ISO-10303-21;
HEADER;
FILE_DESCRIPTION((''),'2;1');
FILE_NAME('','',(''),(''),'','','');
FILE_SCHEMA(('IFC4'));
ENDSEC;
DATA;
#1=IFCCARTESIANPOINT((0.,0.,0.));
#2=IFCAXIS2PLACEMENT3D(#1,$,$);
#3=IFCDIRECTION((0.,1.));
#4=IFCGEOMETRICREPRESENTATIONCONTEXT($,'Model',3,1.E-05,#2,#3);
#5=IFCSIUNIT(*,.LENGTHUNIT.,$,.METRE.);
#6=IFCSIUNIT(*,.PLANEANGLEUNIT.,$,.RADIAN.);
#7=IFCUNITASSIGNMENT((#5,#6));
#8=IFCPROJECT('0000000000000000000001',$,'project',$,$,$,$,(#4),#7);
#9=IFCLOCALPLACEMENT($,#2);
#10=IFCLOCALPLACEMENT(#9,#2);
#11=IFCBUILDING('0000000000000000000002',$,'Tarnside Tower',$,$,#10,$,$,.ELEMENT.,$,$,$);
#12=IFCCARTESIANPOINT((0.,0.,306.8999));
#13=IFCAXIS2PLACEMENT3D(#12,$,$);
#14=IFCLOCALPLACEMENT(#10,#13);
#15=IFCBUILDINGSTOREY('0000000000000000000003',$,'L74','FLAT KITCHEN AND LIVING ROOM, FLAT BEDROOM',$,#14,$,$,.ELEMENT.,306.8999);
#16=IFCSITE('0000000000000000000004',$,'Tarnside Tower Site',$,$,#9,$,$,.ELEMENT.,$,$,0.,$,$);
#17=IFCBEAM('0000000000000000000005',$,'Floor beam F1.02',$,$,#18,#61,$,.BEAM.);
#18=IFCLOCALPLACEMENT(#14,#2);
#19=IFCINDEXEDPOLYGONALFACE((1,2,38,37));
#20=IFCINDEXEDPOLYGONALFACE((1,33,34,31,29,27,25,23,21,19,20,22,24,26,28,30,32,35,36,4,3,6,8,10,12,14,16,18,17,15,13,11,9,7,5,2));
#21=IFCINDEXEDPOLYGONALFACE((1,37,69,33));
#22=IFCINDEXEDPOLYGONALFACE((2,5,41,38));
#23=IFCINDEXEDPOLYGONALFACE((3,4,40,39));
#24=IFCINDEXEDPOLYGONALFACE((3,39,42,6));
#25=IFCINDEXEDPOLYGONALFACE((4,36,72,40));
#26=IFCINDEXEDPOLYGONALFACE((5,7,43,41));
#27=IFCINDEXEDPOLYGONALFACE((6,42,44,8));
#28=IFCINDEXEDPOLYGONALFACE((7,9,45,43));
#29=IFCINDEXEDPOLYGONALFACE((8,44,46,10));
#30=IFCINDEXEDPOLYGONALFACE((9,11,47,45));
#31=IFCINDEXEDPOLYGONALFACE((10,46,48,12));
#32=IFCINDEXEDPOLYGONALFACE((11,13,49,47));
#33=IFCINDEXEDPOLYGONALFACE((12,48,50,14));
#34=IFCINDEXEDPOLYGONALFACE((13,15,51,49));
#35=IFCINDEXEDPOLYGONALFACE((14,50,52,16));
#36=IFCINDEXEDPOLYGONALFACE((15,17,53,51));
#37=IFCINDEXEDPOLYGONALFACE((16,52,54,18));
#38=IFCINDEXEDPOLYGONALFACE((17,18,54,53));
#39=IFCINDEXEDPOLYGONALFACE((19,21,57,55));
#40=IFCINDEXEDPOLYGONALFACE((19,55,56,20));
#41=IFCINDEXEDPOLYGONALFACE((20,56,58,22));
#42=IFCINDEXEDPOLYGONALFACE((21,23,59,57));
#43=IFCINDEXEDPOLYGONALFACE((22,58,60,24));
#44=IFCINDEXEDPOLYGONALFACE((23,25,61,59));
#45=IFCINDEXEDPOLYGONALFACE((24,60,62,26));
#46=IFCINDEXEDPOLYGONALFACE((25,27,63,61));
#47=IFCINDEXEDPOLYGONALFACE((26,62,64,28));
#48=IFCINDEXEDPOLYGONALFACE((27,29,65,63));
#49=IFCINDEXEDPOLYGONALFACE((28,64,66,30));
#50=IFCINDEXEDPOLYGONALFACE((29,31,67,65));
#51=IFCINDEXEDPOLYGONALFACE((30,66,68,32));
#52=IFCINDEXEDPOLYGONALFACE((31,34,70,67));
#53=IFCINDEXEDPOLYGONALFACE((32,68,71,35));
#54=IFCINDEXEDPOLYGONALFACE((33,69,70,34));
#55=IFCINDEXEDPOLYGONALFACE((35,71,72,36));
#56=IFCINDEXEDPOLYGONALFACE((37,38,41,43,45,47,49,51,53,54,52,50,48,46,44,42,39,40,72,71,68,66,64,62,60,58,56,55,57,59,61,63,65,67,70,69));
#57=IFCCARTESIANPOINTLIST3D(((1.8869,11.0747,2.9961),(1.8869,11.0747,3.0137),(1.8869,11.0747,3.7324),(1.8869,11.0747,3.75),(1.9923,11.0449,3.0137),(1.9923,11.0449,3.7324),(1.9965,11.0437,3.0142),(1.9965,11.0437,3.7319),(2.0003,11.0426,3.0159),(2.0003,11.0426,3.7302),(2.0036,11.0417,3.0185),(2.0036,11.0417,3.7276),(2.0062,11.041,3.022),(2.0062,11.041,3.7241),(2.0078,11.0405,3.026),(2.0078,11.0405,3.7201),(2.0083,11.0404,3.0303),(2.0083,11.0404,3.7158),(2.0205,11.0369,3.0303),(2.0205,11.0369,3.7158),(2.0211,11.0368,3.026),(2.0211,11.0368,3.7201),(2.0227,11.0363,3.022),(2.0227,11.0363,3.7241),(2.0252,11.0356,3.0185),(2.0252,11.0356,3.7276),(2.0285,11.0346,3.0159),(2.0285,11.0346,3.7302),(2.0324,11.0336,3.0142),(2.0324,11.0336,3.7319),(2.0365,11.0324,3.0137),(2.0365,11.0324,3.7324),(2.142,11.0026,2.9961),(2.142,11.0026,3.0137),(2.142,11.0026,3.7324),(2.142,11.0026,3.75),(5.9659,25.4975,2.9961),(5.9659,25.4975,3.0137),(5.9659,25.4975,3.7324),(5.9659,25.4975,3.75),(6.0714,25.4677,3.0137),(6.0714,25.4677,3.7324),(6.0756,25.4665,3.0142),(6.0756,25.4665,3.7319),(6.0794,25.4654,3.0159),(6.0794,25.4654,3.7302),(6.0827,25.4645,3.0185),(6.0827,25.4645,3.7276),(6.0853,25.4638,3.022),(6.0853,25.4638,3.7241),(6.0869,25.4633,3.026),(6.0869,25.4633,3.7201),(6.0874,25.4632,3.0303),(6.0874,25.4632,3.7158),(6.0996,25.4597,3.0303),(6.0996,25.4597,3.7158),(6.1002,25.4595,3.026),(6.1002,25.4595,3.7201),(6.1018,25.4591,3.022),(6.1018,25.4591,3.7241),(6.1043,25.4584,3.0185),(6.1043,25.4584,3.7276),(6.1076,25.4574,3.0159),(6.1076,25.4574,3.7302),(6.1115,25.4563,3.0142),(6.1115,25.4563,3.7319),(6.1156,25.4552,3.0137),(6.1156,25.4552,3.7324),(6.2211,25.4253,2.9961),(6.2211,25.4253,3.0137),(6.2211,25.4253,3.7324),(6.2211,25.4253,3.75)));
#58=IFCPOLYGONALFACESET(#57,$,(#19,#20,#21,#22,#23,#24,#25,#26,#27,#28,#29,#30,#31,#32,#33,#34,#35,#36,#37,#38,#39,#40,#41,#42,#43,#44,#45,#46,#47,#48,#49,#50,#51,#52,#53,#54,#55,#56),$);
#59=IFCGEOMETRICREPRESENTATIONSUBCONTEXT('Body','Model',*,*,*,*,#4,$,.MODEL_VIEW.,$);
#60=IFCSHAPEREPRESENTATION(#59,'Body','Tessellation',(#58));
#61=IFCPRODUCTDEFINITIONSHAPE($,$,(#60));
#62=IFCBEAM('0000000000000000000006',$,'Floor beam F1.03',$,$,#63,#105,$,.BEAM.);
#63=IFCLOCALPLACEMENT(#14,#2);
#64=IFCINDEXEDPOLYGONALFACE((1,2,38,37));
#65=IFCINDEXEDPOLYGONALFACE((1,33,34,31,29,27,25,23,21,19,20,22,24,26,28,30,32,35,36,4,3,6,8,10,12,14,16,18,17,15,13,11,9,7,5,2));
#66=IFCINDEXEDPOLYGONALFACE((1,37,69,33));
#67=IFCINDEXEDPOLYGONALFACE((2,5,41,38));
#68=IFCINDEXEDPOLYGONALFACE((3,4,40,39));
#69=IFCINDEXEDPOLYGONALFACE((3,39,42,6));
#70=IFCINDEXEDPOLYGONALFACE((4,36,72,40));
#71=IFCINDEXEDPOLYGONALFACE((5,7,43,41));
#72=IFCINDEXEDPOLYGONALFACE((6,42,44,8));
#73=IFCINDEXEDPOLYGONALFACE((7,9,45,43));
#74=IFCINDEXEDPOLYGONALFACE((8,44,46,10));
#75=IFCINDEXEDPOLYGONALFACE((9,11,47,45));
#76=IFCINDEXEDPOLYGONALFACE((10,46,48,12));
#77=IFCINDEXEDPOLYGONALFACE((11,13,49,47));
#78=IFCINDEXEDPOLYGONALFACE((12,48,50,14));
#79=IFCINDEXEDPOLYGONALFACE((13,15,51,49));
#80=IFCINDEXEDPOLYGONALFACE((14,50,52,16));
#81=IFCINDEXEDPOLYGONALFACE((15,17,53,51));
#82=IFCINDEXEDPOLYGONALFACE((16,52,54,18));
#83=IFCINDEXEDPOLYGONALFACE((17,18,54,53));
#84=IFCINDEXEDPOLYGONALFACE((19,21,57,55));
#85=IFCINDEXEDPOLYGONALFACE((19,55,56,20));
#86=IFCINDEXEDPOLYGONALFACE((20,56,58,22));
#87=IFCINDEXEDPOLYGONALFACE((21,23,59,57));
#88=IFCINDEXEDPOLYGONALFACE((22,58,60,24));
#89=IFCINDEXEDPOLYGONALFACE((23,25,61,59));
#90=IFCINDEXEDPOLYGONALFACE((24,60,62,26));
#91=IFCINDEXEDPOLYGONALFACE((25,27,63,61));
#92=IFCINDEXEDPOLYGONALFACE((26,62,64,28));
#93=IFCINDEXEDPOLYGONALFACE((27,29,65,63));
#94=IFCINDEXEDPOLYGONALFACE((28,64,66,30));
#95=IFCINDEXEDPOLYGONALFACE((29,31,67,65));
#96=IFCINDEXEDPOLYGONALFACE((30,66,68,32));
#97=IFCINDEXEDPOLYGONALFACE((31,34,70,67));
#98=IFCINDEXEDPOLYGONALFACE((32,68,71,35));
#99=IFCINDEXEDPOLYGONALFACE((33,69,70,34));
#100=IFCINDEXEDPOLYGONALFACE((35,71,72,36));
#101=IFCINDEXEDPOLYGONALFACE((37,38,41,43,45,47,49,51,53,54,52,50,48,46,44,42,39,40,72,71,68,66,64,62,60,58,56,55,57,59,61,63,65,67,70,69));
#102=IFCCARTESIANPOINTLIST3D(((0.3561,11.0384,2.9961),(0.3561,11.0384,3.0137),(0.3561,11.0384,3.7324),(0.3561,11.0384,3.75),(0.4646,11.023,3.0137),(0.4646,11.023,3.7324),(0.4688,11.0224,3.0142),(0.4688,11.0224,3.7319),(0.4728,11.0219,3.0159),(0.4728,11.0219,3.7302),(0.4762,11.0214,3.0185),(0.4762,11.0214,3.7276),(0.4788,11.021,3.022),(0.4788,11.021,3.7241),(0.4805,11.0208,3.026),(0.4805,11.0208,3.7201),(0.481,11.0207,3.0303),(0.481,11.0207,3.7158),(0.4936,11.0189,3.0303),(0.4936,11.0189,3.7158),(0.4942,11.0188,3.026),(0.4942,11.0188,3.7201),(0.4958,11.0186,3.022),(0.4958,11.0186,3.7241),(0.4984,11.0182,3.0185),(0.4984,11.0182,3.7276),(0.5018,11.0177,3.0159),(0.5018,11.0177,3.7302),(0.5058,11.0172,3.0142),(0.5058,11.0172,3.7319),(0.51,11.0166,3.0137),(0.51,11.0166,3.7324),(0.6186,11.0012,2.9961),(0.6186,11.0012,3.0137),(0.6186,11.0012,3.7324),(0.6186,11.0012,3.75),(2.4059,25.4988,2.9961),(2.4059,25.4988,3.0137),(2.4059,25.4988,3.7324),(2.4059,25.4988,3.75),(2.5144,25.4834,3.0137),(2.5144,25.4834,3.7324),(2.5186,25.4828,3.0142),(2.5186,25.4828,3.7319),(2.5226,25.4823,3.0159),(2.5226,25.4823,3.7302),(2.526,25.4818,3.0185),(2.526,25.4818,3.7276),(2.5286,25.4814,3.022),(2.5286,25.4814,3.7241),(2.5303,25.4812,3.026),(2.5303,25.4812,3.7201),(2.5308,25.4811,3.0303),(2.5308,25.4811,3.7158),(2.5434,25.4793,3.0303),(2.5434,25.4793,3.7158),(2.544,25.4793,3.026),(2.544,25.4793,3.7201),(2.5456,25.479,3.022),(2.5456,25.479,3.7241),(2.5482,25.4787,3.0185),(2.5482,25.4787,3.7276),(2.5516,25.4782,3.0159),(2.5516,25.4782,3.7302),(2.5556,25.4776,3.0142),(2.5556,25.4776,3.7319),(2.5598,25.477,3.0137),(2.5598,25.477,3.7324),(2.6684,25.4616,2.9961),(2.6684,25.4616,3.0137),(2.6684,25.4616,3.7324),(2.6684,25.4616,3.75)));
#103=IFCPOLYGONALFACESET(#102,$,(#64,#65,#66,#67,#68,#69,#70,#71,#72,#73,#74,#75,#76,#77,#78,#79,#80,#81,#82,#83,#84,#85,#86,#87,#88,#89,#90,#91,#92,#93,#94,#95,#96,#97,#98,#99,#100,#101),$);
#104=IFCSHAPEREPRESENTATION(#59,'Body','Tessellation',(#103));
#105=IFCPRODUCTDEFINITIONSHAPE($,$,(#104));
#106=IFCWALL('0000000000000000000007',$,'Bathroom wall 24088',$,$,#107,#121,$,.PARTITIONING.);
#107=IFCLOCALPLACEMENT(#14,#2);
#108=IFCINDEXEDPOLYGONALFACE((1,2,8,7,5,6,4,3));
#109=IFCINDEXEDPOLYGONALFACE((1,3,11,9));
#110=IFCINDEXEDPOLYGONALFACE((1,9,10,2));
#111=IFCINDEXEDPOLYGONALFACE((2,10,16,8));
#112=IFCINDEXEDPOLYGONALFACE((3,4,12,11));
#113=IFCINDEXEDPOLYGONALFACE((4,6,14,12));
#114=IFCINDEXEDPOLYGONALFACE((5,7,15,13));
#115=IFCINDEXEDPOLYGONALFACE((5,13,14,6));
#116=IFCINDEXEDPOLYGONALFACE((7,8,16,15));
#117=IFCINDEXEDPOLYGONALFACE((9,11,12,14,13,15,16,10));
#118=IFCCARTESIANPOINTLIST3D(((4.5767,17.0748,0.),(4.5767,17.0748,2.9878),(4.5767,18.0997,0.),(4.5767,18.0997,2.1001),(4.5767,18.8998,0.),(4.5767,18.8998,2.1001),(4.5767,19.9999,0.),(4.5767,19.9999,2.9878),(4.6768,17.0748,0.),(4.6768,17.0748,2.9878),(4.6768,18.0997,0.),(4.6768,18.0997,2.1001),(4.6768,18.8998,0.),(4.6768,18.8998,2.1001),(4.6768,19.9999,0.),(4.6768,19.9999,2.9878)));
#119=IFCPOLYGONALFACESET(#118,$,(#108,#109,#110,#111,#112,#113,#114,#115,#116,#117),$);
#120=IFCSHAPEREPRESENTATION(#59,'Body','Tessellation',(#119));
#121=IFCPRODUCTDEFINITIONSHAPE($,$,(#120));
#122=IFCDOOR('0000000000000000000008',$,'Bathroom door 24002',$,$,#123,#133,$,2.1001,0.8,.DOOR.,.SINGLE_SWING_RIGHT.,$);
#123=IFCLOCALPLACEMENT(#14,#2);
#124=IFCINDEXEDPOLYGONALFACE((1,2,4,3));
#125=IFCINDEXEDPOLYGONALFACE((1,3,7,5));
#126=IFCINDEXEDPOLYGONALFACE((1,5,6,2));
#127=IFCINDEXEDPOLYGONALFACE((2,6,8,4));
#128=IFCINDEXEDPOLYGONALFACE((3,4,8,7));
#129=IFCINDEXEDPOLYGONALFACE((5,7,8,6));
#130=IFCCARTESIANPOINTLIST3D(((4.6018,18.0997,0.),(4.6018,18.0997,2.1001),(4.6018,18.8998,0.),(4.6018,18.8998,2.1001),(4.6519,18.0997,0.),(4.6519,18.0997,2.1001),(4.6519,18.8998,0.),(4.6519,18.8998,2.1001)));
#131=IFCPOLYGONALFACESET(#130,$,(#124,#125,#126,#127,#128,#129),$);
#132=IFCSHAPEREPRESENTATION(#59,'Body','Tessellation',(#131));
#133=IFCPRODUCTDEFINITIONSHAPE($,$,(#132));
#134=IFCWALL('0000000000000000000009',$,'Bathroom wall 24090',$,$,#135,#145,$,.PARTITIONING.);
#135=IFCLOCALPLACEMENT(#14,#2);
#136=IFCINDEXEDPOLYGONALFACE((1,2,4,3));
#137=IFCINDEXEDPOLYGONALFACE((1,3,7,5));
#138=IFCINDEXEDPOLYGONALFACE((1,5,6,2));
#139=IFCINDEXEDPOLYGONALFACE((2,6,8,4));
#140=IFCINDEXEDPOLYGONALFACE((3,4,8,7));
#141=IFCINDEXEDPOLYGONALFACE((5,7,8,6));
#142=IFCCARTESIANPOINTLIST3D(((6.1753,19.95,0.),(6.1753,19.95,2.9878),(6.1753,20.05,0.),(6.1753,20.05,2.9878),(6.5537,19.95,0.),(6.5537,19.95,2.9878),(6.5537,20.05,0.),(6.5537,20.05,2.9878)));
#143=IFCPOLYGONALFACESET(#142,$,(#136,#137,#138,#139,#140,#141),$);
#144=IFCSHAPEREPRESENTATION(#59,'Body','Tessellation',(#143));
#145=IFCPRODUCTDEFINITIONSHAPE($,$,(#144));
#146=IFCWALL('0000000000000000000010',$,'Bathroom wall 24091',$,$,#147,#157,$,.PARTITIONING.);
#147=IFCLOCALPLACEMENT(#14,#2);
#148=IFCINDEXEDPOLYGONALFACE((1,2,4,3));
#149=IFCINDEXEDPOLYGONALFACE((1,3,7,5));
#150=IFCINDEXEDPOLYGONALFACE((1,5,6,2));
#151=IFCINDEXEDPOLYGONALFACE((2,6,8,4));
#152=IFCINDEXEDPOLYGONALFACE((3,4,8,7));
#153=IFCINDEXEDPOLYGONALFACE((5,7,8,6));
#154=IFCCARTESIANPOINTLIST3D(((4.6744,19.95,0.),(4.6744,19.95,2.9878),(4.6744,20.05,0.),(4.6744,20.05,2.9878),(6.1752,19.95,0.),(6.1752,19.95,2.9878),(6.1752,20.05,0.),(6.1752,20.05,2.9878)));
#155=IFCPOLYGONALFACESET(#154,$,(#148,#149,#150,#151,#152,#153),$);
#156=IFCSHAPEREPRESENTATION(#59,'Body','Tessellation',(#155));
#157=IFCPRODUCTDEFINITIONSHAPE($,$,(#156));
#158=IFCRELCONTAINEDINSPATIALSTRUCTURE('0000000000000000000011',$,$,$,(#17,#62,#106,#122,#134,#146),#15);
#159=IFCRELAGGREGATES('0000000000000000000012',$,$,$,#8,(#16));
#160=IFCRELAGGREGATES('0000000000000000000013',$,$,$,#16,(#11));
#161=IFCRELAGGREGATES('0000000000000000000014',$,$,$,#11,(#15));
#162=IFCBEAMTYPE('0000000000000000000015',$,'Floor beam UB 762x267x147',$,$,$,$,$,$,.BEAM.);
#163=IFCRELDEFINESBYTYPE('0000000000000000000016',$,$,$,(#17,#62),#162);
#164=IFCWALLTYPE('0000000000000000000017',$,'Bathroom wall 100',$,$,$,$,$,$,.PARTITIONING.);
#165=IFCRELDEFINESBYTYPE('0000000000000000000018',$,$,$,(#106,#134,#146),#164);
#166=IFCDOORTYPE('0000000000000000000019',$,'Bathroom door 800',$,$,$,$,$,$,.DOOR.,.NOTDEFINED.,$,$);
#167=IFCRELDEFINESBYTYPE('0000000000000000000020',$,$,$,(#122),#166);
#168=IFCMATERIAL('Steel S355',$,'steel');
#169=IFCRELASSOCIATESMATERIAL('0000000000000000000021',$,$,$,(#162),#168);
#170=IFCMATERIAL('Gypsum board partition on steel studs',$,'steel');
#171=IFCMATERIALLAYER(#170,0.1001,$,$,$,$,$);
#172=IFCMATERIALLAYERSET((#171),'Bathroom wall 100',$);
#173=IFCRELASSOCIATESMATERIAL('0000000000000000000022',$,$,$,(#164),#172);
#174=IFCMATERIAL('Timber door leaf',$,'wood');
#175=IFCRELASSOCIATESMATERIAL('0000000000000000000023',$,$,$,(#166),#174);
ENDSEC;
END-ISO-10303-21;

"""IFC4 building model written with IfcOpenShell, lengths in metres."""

from ifc_helpers import new_model, si_unit, direction, frame, frame_2d, origin, origin_2d, place, context, subcontext, project, spatial, rectangle, i_section, extrude, material, layer, layer_set, material_profile, profile_set, type_object, element, fill, save


model = new_model("IFC4")

# Units and contexts
model_context = context("Model", 3, precision=1e-05, world=origin(), true_north=direction((0.0, 1.0)))
body_context = subcontext(model_context, "Body", "Model", "MODEL_VIEW")
ifc_project = project(units=[si_unit("LENGTHUNIT", "METRE"), si_unit("PLANEANGLEUNIT", "RADIAN")], contexts=[model_context])

# Site, building, storey
site_placement = place(None, origin())
site = spatial("IfcSite", under=ifc_project, at=site_placement, Name="Tarnside Tower Site", CompositionType="ELEMENT", RefElevation=0.0)
building_placement = place(site_placement, origin())
building = spatial("IfcBuilding", under=site, at=building_placement, Name="Tarnside Tower", CompositionType="ELEMENT")
storey_placement = place(building_placement, frame((0.0, 0.0, 306.8999)))
storey = spatial("IfcBuildingStorey", under=building, at=storey_placement, Name="L74", Description="FLAT KITCHEN AND LIVING ROOM, FLAT BEDROOM", CompositionType="ELEMENT", Elevation=306.8999)

# Beams
ifc_material_1 = material(Name="Steel S355", Category="steel")
ifc_material_profile = material_profile(ifc_material_1, i_section(OverallWidth=0.2651, OverallDepth=0.7539, WebThickness=0.0127, FlangeThickness=0.0176, FilletRadius=0.0166, at=origin_2d()), Name="UB 762x267x147")
ifc_profile_set = profile_set([ifc_material_profile], Name="Steel S355")
beam_type = type_object("IfcBeamType", Name="Floor beam UB 762x267x147", PredefinedType="BEAM", material=ifc_profile_set)
beam_1_placement = place(storey_placement, frame((6.0935, 25.4614, 3.373), z_axis=(-0.272147, -0.962256, 0.0), x_axis=(0.962256, -0.272147, 0.0)))
element("IfcBeam", 1, at=beam_1_placement, inside=storey, type_object=beam_type, Name="Floor beam F1.02", PredefinedType="BEAM", context=body_context, shape_type="SweptSolid", body=[
    extrude(i_section(OverallWidth=0.2651, OverallDepth=0.7539, WebThickness=0.0127, FlangeThickness=0.0176, FilletRadius=0.0166, at=origin_2d()), origin(), (0.0, 0.0, 1.0), 14.9885),
])
beam_2_placement = place(storey_placement, frame((2.5371, 25.4802, 3.373), z_axis=(-0.140349, -0.990102, 0.0), x_axis=(0.990102, -0.140349, 0.0)))
element("IfcBeam", 2, at=beam_2_placement, inside=storey, type_object=beam_type, Name="Floor beam F1.03", PredefinedType="BEAM", context=body_context, shape_type="SweptSolid", body=[
    extrude(i_section(OverallWidth=0.2651, OverallDepth=0.7539, WebThickness=0.0127, FlangeThickness=0.0176, FilletRadius=0.0166, at=origin_2d()), origin(), (0.0, 0.0, 1.0), 14.605),
])

# Wall, opening, door
ifc_material_2 = material(Name="Gypsum board partition on steel studs", Category="steel")
ifc_layer_1 = layer(ifc_material_2, 0.1001)
ifc_layer_set_1 = layer_set([ifc_layer_1], Name="Bathroom wall 100")
wall_type_1 = type_object("IfcWallType", Name="Bathroom wall 100", PredefinedType="PARTITIONING", material=ifc_layer_set_1)
wall_1_placement = place(storey_placement, frame((4.6267, 17.075, 0.0), z_axis=(0.0, 0.0, 1.0), x_axis=(0.0, 1.0, 0.0)))
wall_1 = element("IfcWall", 3, at=wall_1_placement, inside=storey, type_object=wall_type_1, Name="Bathroom wall 24088", PredefinedType="PARTITIONING", context=body_context, shape_type="SweptSolid", body=[
    extrude(rectangle(XDim=2.925, YDim=0.1001, at=frame_2d((1.4624, 0.0))), origin(), (0.0, 0.0, 1.0), 2.9878),
])
opening_1_placement = place(wall_1_placement, frame((1.0249, 0.0, 0.0)))
opening_1 = element("IfcOpeningElement", 4, at=opening_1_placement, cuts=wall_1, PredefinedType="OPENING", context=body_context, shape_type="SweptSolid", body=[
    extrude(rectangle(XDim=0.8, YDim=2.1001, at=frame_2d((0.3999, 1.05))), frame((0.0, 0.0601, 0.0), z_axis=(0.0, -1.0, 0.0), x_axis=(1.0, 0.0, 0.0)), (0.0, 0.0, 1.0), 0.1201),
])
ifc_material_3 = material(Name="Timber door leaf", Category="wood")
door_type_1 = type_object("IfcDoorType", Name="Bathroom door 800", OperationType="NOTDEFINED", PredefinedType="DOOR", material=ifc_material_3)
door_1_placement = place(opening_1_placement, origin())
door_1 = element("IfcDoor", 5, at=door_1_placement, inside=storey, type_object=door_type_1, Name="Bathroom door 24002", OperationType="SINGLE_SWING_RIGHT", OverallHeight=2.1001, OverallWidth=0.8, PredefinedType="DOOR", context=body_context, shape_type="SweptSolid", body=[
    extrude(rectangle(XDim=0.8, YDim=2.1001, at=frame_2d((0.3999, 1.05))), frame((0.0, 0.0249, 0.0), z_axis=(0.0, -1.0, 0.0), x_axis=(1.0, 0.0, 0.0)), (0.0, 0.0, 1.0), 0.05),
])
fill(opening_1, door_1)

# Walls
wall_2_placement = place(storey_placement, frame((6.5537, 20.0, 0.0), z_axis=(0.0, 0.0, 1.0), x_axis=(-1.0, 0.0, 0.0)))
element("IfcWall", 6, at=wall_2_placement, inside=storey, type_object=wall_type_1, Name="Bathroom wall 24090", PredefinedType="PARTITIONING", context=body_context, shape_type="SweptSolid", body=[
    extrude(rectangle(XDim=0.3784, YDim=0.1001, at=frame_2d((0.1892, 0.0))), origin(), (0.0, 0.0, 1.0), 2.9878),
])
wall_3_placement = place(storey_placement, frame((6.1753, 20.0, 0.0), z_axis=(0.0, 0.0, 1.0), x_axis=(-1.0, 0.0, 0.0)))
element("IfcWall", 7, at=wall_3_placement, inside=storey, type_object=wall_type_1, Name="Bathroom wall 24091", PredefinedType="PARTITIONING", context=body_context, shape_type="SweptSolid", body=[
    extrude(rectangle(XDim=1.5007, YDim=0.1001, at=frame_2d((0.7505, 0.0))), origin(), (0.0, 0.0, 1.0), 2.9878),
])

save(model, "model.ifc")
